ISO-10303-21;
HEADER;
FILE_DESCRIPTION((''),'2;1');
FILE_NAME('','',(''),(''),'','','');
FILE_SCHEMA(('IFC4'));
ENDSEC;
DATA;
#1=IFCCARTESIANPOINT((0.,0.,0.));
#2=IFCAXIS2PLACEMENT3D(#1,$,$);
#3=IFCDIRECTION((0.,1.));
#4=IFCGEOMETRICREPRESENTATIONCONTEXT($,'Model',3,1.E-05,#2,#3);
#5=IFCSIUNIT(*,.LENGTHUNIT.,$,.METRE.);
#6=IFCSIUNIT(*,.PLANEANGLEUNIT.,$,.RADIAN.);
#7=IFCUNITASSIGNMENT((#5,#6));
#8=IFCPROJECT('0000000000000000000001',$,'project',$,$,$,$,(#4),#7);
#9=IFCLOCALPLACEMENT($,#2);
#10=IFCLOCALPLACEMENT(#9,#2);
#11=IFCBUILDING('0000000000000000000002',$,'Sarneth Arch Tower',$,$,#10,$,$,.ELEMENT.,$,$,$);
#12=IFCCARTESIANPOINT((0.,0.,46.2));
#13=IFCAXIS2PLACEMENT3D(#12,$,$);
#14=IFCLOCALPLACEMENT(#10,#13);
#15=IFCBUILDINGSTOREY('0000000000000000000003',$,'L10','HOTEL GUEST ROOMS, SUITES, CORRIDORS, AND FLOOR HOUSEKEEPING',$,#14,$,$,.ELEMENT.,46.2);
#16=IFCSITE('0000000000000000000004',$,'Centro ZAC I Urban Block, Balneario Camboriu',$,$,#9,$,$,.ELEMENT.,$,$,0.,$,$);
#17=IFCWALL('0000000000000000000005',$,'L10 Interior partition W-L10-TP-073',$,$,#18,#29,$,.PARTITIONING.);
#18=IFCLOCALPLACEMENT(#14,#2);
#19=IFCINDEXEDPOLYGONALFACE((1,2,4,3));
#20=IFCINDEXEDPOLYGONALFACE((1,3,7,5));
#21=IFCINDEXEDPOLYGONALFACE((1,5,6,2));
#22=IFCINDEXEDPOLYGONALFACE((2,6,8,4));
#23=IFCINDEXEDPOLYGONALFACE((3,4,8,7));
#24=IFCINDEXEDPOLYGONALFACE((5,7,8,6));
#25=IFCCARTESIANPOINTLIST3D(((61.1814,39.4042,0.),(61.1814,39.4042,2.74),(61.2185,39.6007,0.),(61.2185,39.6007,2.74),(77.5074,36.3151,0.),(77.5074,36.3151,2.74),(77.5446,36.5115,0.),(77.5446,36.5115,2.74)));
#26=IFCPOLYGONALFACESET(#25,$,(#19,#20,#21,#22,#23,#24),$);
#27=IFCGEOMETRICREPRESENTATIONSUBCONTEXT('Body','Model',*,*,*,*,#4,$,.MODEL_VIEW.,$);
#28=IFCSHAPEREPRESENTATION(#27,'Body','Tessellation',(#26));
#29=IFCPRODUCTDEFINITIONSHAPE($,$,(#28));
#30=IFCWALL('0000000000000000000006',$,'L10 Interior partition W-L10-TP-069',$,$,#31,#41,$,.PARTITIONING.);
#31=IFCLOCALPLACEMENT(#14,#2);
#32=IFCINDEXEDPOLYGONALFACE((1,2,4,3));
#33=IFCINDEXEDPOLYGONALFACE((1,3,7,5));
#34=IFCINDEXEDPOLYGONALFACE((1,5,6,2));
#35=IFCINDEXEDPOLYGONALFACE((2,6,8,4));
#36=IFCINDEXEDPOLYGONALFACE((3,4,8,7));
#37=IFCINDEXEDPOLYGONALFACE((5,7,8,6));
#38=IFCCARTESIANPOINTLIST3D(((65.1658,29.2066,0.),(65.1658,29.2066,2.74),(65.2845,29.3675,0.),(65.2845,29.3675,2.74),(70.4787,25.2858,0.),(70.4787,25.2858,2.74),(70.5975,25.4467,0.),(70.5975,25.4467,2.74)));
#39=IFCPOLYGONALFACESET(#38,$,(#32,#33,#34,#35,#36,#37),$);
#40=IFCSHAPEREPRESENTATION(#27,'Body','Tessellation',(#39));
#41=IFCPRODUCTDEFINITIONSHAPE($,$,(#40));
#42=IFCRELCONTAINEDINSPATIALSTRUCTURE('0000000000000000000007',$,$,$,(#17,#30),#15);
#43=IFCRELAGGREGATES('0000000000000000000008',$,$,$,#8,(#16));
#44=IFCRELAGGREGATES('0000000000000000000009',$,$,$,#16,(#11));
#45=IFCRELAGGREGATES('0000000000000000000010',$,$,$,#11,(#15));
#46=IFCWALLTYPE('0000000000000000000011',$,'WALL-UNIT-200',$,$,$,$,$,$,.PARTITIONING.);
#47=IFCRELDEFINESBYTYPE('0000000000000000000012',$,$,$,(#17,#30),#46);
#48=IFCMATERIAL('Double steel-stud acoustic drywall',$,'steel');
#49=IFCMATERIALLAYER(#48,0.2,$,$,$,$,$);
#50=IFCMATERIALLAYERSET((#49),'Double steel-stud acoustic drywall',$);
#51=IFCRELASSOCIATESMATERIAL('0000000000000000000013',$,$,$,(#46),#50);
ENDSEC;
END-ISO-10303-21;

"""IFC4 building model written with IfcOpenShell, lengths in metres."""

from ifc_helpers import new_model, si_unit, direction, frame, frame_2d, origin, place, context, subcontext, project, spatial, rectangle, extrude, material, layer, layer_set, type_object, element, save


model = new_model("IFC4")

# Units and contexts
model_context = context("Model", 3, precision=1e-05, world=origin(), true_north=direction((0.0, 1.0)))
body_context = subcontext(model_context, "Body", "Model", "MODEL_VIEW")
ifc_project = project(units=[si_unit("LENGTHUNIT", "METRE"), si_unit("PLANEANGLEUNIT", "RADIAN")], contexts=[model_context])

# Site, building, storey
site_placement = place(None, origin())
site = spatial("IfcSite", under=ifc_project, at=site_placement, Name="Centro ZAC I Urban Block, Balneario Camboriu", CompositionType="ELEMENT", RefElevation=0.0)
building_placement = place(site_placement, origin())
building = spatial("IfcBuilding", under=site, at=building_placement, Name="Sarneth Arch Tower", CompositionType="ELEMENT")
storey_placement = place(building_placement, frame((0.0, 0.0, 46.2)))
storey = spatial("IfcBuildingStorey", under=building, at=storey_placement, Name="L10", Description="HOTEL GUEST ROOMS, SUITES, CORRIDORS, AND FLOOR HOUSEKEEPING", CompositionType="ELEMENT", Elevation=46.2)

# Walls
ifc_material_1 = material(Name="Double steel-stud acoustic drywall", Category="steel")
ifc_layer_1 = layer(ifc_material_1, 0.2)
ifc_layer_set_1 = layer_set([ifc_layer_1], Name="Double steel-stud acoustic drywall")
wall_type_1 = type_object("IfcWallType", Name="WALL-UNIT-200", PredefinedType="PARTITIONING", material=ifc_layer_set_1)
wall_1_placement = place(storey_placement, frame((61.2, 39.5024, 0.0), z_axis=(0.0, 0.0, 1.0), x_axis=(0.982566, -0.185916, 0.0)))
element("IfcWall", 1, at=wall_1_placement, inside=storey, type_object=wall_type_1, Name="L10 Interior partition W-L10-TP-073", PredefinedType="PARTITIONING", context=body_context, shape_type="SweptSolid", body=[
    extrude(rectangle(XDim=16.6157, YDim=0.2, at=frame_2d((8.3079, 0.0))), origin(), (0.0, 0.0, 1.0), 2.74),
])
wall_2_placement = place(storey_placement, frame((70.5381, 25.3662, 0.0), z_axis=(0.0, 0.0, 1.0), x_axis=(-0.804617, 0.593794, 0.0)))
element("IfcWall", 2, at=wall_2_placement, inside=storey, type_object=wall_type_1, Name="L10 Interior partition W-L10-TP-069", PredefinedType="PARTITIONING", context=body_context, shape_type="SweptSolid", body=[
    extrude(rectangle(XDim=6.603, YDim=0.2, at=frame_2d((3.3015, 0.0))), origin(), (0.0, 0.0, 1.0), 2.74),
])

save(model, "model.ifc")
